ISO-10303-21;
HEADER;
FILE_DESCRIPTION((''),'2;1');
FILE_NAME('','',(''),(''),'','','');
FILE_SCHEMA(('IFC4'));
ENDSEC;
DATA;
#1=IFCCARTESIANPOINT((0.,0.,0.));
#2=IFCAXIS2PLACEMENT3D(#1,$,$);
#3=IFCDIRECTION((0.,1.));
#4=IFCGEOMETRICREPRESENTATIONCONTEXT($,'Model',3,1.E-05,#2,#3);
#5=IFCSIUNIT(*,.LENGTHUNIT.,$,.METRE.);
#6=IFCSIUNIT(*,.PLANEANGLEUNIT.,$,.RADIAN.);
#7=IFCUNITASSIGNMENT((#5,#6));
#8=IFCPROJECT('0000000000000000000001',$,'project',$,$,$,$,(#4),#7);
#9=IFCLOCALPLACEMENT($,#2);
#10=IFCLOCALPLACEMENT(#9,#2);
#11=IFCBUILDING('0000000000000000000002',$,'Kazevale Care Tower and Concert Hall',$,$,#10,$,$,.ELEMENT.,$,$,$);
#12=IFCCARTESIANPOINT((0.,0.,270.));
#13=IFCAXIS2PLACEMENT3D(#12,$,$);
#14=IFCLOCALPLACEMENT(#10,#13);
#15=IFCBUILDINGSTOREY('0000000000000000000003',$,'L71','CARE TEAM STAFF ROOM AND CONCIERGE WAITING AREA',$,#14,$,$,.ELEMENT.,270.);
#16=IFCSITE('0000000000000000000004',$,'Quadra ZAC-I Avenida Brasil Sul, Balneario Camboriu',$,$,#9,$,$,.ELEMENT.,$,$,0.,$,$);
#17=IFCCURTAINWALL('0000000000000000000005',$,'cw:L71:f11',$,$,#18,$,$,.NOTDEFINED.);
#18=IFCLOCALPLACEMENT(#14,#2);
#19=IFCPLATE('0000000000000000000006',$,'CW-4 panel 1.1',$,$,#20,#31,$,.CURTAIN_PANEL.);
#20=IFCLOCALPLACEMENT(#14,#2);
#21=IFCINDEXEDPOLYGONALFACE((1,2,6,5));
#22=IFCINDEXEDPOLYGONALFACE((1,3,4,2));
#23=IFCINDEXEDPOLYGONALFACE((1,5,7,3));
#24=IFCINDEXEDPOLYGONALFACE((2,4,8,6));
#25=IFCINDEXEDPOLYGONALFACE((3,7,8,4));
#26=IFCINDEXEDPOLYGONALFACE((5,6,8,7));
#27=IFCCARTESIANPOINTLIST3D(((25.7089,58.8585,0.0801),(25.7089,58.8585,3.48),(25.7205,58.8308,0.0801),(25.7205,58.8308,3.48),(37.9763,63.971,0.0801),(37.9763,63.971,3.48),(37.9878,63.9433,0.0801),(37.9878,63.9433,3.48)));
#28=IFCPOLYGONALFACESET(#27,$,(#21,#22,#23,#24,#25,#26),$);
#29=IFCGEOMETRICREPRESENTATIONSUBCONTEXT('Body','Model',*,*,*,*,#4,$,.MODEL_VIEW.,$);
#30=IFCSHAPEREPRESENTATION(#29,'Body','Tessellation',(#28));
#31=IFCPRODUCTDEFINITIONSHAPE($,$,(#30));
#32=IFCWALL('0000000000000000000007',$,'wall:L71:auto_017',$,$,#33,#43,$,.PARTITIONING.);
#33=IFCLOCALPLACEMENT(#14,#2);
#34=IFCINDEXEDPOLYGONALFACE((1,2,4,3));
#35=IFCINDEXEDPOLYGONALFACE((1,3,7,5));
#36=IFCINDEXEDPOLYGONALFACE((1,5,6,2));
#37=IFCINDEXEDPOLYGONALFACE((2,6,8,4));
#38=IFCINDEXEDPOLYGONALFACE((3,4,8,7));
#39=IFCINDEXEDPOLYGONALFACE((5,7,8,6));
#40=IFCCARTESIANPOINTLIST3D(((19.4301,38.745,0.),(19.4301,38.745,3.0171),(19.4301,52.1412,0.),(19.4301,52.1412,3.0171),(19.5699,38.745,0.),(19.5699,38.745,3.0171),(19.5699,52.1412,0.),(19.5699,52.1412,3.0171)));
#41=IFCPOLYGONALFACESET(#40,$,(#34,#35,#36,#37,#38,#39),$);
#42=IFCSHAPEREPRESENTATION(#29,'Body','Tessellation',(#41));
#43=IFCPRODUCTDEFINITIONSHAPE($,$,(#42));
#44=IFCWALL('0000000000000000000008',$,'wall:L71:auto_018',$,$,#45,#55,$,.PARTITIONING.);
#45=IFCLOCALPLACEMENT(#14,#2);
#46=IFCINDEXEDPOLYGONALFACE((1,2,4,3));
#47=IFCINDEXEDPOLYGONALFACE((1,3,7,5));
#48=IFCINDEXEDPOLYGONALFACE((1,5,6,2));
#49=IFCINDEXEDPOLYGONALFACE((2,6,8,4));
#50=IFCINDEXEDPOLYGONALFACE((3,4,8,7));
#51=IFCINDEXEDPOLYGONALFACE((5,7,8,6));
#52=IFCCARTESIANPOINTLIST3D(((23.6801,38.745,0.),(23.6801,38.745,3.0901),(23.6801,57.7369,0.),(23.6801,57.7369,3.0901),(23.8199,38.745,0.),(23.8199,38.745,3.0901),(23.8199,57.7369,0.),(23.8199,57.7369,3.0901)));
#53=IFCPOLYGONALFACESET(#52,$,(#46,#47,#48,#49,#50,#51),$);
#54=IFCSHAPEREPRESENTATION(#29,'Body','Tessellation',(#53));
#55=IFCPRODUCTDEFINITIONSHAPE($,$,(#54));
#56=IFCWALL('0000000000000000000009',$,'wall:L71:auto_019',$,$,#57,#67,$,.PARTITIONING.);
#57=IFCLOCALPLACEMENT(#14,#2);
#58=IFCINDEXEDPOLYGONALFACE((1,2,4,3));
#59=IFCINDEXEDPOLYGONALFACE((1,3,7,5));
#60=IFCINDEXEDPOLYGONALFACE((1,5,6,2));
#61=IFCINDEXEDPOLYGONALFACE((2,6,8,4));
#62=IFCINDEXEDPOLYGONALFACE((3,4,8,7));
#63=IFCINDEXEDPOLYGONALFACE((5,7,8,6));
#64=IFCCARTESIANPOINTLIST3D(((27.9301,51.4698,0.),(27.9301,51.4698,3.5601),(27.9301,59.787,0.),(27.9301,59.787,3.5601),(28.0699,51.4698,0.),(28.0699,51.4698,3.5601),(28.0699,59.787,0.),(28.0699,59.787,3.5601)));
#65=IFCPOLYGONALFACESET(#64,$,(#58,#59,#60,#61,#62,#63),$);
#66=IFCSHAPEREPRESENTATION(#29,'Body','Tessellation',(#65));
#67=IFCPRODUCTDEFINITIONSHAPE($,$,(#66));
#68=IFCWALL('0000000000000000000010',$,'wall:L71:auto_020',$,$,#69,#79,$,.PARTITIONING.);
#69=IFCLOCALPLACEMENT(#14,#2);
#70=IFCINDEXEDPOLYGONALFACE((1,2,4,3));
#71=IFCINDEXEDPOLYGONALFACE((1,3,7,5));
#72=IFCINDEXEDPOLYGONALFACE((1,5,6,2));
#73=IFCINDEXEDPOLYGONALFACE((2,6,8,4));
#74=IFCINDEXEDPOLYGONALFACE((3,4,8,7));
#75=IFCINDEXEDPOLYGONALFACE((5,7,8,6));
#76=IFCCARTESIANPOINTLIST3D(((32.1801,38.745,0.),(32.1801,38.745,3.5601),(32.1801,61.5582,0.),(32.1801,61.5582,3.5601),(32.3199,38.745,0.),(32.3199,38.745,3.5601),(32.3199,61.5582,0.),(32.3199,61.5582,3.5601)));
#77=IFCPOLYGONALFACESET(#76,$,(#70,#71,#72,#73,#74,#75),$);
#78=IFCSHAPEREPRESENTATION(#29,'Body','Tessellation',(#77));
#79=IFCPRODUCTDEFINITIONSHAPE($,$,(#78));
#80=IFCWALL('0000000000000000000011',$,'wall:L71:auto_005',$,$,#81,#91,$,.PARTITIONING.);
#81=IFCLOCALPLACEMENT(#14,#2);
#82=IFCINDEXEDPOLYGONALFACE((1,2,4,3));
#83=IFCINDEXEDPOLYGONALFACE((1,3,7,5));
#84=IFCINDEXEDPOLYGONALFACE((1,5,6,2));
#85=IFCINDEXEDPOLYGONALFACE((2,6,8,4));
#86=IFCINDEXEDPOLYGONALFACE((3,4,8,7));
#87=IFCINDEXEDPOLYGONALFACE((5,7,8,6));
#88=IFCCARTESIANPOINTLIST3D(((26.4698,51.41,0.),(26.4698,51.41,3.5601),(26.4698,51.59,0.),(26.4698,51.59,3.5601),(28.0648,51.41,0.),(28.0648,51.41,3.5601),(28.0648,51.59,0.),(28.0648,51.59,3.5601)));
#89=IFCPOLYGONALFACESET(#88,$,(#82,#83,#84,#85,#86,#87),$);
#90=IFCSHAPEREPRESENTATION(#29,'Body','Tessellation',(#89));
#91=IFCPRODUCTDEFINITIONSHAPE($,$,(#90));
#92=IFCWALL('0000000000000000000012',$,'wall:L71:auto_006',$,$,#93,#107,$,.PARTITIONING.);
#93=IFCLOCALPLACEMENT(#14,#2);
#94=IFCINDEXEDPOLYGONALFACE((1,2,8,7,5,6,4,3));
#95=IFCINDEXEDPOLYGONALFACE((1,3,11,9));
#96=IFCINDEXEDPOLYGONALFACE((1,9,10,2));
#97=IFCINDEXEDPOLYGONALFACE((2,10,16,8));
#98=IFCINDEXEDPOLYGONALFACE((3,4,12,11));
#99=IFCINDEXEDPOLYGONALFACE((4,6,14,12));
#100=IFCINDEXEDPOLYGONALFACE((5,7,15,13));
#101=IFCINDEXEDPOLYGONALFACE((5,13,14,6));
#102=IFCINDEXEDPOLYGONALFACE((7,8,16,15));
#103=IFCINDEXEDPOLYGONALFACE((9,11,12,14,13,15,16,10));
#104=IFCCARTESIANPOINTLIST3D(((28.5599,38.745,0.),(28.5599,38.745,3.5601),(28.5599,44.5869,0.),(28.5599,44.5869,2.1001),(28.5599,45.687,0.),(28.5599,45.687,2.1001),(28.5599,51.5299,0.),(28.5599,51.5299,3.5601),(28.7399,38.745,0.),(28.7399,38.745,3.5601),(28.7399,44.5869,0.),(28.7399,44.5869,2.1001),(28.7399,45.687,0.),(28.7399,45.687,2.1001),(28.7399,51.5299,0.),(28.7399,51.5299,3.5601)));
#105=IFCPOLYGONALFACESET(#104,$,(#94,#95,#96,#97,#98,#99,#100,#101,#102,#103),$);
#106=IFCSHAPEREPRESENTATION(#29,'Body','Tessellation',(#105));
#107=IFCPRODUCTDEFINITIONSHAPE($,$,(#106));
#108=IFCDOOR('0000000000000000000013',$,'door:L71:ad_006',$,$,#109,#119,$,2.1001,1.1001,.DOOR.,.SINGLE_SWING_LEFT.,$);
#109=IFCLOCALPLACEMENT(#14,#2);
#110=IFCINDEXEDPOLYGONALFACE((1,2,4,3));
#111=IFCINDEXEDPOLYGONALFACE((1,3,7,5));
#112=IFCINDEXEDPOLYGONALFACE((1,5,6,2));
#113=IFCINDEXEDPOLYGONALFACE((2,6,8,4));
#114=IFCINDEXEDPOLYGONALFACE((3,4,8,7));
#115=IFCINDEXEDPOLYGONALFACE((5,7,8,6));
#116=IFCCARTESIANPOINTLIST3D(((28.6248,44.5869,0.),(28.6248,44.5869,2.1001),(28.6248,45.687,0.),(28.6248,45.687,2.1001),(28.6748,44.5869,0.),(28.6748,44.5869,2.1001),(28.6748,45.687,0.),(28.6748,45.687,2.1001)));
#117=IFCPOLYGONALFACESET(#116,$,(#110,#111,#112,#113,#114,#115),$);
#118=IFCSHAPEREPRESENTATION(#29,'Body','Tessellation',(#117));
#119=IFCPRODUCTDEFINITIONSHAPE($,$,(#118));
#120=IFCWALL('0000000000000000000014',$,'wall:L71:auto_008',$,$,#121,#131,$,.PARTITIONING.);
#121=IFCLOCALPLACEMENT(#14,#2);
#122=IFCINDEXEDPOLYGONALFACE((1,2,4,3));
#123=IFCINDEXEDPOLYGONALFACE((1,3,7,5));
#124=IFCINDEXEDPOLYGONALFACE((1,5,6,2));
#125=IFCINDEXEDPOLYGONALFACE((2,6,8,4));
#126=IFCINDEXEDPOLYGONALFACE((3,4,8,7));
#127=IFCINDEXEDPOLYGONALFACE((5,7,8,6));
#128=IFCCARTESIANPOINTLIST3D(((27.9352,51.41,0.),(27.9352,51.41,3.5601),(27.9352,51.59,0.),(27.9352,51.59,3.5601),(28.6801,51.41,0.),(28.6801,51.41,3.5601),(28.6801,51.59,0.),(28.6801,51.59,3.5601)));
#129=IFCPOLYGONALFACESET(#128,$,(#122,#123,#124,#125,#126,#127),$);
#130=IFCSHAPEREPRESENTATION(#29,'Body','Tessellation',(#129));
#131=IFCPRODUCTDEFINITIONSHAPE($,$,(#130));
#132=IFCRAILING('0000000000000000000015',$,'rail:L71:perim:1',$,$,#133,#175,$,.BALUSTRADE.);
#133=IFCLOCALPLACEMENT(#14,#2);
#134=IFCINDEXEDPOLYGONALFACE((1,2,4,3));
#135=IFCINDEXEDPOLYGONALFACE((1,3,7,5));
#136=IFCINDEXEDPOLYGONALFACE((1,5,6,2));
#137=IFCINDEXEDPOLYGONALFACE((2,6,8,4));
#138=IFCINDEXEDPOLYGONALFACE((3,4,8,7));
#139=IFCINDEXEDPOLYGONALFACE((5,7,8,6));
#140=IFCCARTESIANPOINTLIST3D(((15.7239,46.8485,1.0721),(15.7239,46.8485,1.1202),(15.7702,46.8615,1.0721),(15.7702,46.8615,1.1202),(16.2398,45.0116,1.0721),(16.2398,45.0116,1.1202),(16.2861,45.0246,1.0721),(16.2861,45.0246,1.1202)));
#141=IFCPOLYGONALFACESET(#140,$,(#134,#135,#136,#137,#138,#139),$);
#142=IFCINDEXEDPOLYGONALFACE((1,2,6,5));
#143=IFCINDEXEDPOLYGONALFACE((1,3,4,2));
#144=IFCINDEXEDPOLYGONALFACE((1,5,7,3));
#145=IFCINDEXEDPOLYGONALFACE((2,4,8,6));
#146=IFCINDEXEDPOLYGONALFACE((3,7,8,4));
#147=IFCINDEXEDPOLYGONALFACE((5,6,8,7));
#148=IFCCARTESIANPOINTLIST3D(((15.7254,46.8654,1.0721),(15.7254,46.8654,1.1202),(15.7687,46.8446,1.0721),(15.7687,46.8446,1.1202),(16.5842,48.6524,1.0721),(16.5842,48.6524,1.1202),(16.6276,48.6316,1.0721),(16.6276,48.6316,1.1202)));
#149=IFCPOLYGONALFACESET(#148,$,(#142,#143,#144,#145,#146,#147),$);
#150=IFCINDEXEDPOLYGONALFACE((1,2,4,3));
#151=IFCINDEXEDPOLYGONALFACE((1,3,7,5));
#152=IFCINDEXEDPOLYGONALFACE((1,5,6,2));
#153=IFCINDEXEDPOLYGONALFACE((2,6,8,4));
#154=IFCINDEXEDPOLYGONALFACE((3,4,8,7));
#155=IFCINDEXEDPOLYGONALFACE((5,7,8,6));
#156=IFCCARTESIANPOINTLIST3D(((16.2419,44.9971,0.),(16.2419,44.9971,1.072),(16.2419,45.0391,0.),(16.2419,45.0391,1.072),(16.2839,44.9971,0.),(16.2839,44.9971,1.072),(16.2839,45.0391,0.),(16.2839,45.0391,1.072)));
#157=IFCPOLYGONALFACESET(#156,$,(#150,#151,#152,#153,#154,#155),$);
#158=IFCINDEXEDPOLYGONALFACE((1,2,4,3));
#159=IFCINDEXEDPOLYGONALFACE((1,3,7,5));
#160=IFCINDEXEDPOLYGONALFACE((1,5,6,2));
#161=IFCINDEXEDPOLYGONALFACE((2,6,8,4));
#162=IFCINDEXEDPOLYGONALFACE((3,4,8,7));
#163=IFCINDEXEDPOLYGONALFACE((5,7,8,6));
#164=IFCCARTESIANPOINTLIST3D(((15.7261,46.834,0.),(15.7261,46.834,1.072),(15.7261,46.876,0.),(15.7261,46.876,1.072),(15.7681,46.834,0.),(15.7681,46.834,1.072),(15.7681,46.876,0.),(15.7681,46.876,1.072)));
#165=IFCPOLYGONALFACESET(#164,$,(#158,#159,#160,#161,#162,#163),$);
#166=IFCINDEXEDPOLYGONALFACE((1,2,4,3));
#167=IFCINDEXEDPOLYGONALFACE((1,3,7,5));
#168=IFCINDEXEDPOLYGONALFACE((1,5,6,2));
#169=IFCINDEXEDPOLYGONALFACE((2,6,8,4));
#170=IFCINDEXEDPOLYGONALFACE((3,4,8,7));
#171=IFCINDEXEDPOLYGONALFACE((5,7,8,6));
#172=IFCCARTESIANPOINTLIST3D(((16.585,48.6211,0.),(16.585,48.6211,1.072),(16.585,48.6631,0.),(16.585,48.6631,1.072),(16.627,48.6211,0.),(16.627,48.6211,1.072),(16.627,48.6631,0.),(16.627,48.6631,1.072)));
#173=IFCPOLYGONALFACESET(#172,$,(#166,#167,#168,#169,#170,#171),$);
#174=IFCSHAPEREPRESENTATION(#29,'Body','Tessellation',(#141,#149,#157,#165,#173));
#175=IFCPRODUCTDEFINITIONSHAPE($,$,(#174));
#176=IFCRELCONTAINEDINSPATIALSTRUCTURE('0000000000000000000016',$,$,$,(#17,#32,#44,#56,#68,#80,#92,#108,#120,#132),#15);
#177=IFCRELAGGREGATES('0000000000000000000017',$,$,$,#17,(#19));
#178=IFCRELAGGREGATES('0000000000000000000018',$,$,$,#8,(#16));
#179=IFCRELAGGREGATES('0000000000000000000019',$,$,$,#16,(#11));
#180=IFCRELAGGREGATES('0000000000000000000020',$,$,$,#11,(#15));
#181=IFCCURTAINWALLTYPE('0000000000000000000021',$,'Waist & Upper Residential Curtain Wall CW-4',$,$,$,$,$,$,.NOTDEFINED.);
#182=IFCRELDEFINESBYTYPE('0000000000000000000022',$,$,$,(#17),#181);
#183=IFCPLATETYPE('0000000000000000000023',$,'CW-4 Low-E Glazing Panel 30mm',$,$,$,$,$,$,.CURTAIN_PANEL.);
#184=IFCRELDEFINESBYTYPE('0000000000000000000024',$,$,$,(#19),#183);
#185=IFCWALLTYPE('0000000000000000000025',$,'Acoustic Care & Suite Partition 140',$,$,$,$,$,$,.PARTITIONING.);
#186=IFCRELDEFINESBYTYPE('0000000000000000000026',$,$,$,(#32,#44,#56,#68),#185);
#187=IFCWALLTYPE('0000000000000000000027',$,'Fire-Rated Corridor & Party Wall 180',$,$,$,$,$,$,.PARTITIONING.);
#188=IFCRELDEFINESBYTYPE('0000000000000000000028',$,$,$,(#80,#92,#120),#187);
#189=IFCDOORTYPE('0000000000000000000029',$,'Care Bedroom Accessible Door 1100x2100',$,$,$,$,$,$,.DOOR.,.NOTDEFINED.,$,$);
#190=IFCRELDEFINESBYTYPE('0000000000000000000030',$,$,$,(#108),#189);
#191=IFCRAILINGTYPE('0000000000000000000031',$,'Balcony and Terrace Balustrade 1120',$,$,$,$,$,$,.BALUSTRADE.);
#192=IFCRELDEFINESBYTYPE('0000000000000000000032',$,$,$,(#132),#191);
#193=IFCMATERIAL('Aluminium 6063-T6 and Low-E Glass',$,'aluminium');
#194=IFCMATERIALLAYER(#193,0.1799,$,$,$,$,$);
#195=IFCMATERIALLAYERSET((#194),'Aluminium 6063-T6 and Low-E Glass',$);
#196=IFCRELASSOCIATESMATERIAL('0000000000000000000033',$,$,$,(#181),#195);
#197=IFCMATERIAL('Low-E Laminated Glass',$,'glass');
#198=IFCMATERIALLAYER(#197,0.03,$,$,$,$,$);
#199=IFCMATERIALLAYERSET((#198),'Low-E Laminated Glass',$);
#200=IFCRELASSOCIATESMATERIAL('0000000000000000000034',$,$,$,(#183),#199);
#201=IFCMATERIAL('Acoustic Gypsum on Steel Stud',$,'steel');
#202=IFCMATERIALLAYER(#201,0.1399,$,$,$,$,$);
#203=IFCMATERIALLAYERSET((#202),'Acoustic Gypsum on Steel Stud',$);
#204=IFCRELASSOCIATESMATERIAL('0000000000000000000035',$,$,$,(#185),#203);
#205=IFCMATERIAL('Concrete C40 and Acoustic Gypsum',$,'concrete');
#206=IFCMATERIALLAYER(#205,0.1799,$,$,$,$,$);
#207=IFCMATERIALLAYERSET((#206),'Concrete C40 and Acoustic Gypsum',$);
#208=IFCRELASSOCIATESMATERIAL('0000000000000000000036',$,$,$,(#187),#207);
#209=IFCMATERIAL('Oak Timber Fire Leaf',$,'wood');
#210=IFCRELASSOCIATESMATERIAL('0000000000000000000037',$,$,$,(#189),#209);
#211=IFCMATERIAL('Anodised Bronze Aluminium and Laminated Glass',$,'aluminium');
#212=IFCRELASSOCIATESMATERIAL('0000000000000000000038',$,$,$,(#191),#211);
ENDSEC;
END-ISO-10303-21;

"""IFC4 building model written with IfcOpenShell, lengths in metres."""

from ifc_helpers import new_model, si_unit, direction, frame, frame_2d, origin, origin_2d, place, context, subcontext, project, spatial, rectangle, extrude, material, layer, layer_set, type_object, element, fill, aggregate, save


model = new_model("IFC4")

# Units and contexts
model_context = context("Model", 3, precision=1e-05, world=origin(), true_north=direction((0.0, 1.0)))
body_context = subcontext(model_context, "Body", "Model", "MODEL_VIEW")
ifc_project = project(units=[si_unit("LENGTHUNIT", "METRE"), si_unit("PLANEANGLEUNIT", "RADIAN")], contexts=[model_context])

# Site, building, storey
site_placement = place(None, origin())
site = spatial("IfcSite", under=ifc_project, at=site_placement, Name="Quadra ZAC-I Avenida Brasil Sul, Balneario Camboriu", CompositionType="ELEMENT", RefElevation=0.0)
building_placement = place(site_placement, origin())
building = spatial("IfcBuilding", under=site, at=building_placement, Name="Kazevale Care Tower and Concert Hall", CompositionType="ELEMENT")
storey_placement = place(building_placement, frame((0.0, 0.0, 270.0)))
storey = spatial("IfcBuildingStorey", under=building, at=storey_placement, Name="L71", Description="CARE TEAM STAFF ROOM AND CONCIERGE WAITING AREA", CompositionType="ELEMENT", Elevation=270.0)

# Shared definitions
ifc_material_1 = material(Name="Aluminium 6063-T6 and Low-E Glass", Category="aluminium")
ifc_layer_1 = layer(ifc_material_1, 0.1799)
ifc_layer_set_1 = layer_set([ifc_layer_1], Name="Aluminium 6063-T6 and Low-E Glass")
curtain_wall_type = type_object("IfcCurtainWallType", Name="Waist & Upper Residential Curtain Wall CW-4", PredefinedType="NOTDEFINED", material=ifc_layer_set_1)

# Curtain wall
curtain_wall_1_placement = place(storey_placement, origin())
curtain_wall_1 = element("IfcCurtainWall", 1, at=curtain_wall_1_placement, inside=storey, type_object=curtain_wall_type, Name="cw:L71:f11", PredefinedType="NOTDEFINED")

# Plate
ifc_material_2 = material(Name="Low-E Laminated Glass", Category="glass")
ifc_layer_2 = layer(ifc_material_2, 0.03)
ifc_layer_set_2 = layer_set([ifc_layer_2], Name="Low-E Laminated Glass")
plate_type = type_object("IfcPlateType", Name="CW-4 Low-E Glazing Panel 30mm", PredefinedType="CURTAIN_PANEL", material=ifc_layer_set_2)
plate_1_placement = place(storey_placement, frame((31.8484, 61.4009, 0.0801), z_axis=(0.0, 0.0, 1.0), x_axis=(0.923048, 0.384684, 0.0)))
plate_1 = element("IfcPlate", 2, at=plate_1_placement, type_object=plate_type, Name="CW-4 panel 1.1", PredefinedType="CURTAIN_PANEL", context=body_context, shape_type="SweptSolid", body=[
    extrude(rectangle(XDim=13.29, YDim=0.03, at=origin_2d()), origin(), (0.0, 0.0, 1.0), 3.3999),
])
aggregate(curtain_wall_1, [plate_1])

# Walls
ifc_material_3 = material(Name="Acoustic Gypsum on Steel Stud", Category="steel")
ifc_layer_3 = layer(ifc_material_3, 0.1399)
ifc_layer_set_3 = layer_set([ifc_layer_3], Name="Acoustic Gypsum on Steel Stud")
wall_type_1 = type_object("IfcWallType", Name="Acoustic Care & Suite Partition 140", PredefinedType="PARTITIONING", material=ifc_layer_set_3)
wall_1_placement = place(storey_placement, frame((19.5, 52.1414, 0.0), z_axis=(0.0, 0.0, 1.0), x_axis=(0.0, -1.0, 0.0)))
element("IfcWall", 3, at=wall_1_placement, inside=storey, type_object=wall_type_1, Name="wall:L71:auto_017", PredefinedType="PARTITIONING", context=body_context, shape_type="SweptSolid", body=[
    extrude(rectangle(XDim=13.3962, YDim=0.1399, at=frame_2d((6.6982, 0.0))), origin(), (0.0, 0.0, 1.0), 3.0171),
])
wall_2_placement = place(storey_placement, frame((23.75, 57.7371, 0.0), z_axis=(0.0, 0.0, 1.0), x_axis=(0.0, -1.0, 0.0)))
element("IfcWall", 4, at=wall_2_placement, inside=storey, type_object=wall_type_1, Name="wall:L71:auto_018", PredefinedType="PARTITIONING", context=body_context, shape_type="SweptSolid", body=[
    extrude(rectangle(XDim=18.9919, YDim=0.1399, at=frame_2d((9.4961, 0.0))), origin(), (0.0, 0.0, 1.0), 3.0901),
])
wall_3_placement = place(storey_placement, frame((28.0, 59.7871, 0.0), z_axis=(0.0, 0.0, 1.0), x_axis=(0.0, -1.0, 0.0)))
element("IfcWall", 5, at=wall_3_placement, inside=storey, type_object=wall_type_1, Name="wall:L71:auto_019", PredefinedType="PARTITIONING", context=body_context, shape_type="SweptSolid", body=[
    extrude(rectangle(XDim=8.3171, YDim=0.1399, at=frame_2d((4.1587, 0.0))), origin(), (0.0, 0.0, 1.0), 3.5601),
])
wall_4_placement = place(storey_placement, frame((32.25, 61.5583, 0.0), z_axis=(0.0, 0.0, 1.0), x_axis=(0.0, -1.0, 0.0)))
element("IfcWall", 6, at=wall_4_placement, inside=storey, type_object=wall_type_1, Name="wall:L71:auto_020", PredefinedType="PARTITIONING", context=body_context, shape_type="SweptSolid", body=[
    extrude(rectangle(XDim=22.8132, YDim=0.1399, at=frame_2d((11.4067, 0.0))), origin(), (0.0, 0.0, 1.0), 3.5601),
])
ifc_material_4 = material(Name="Concrete C40 and Acoustic Gypsum", Category="concrete")
ifc_layer_4 = layer(ifc_material_4, 0.1799)
ifc_layer_set_4 = layer_set([ifc_layer_4], Name="Concrete C40 and Acoustic Gypsum")
wall_type_2 = type_object("IfcWallType", Name="Fire-Rated Corridor & Party Wall 180", PredefinedType="PARTITIONING", material=ifc_layer_set_4)
wall_5_placement = place(storey_placement, frame((26.47, 51.5, 0.0), z_axis=(0.0, 0.0, 1.0), x_axis=(1.0, 0.0, 0.0)))
element("IfcWall", 7, at=wall_5_placement, inside=storey, type_object=wall_type_2, Name="wall:L71:auto_005", PredefinedType="PARTITIONING", context=body_context, shape_type="SweptSolid", body=[
    extrude(rectangle(XDim=1.595, YDim=0.1799, at=frame_2d((0.7974, 0.0))), origin(), (0.0, 0.0, 1.0), 3.5601),
])

# Wall, opening, door
wall_6_placement = place(storey_placement, frame((28.6499, 51.53, 0.0), z_axis=(0.0, 0.0, 1.0), x_axis=(0.0, -1.0, 0.0)))
wall_6 = element("IfcWall", 8, at=wall_6_placement, inside=storey, type_object=wall_type_2, Name="wall:L71:auto_006", PredefinedType="PARTITIONING", context=body_context, shape_type="SweptSolid", body=[
    extrude(rectangle(XDim=12.7849, YDim=0.1799, at=frame_2d((6.3926, 0.0))), origin(), (0.0, 0.0, 1.0), 3.5601),
])
opening_placement = place(wall_6_placement, frame((5.843, 0.0, 0.0)))
opening = element("IfcOpeningElement", 9, at=opening_placement, cuts=wall_6, PredefinedType="OPENING", context=body_context, shape_type="SweptSolid", body=[
    extrude(rectangle(XDim=1.1001, YDim=2.1001, at=frame_2d((0.55, 1.05))), frame((0.0, 0.0999, 0.0), z_axis=(0.0, -1.0, 0.0), x_axis=(1.0, 0.0, 0.0)), (0.0, 0.0, 1.0), 0.2),
])
ifc_material_5 = material(Name="Oak Timber Fire Leaf", Category="wood")
door_type = type_object("IfcDoorType", Name="Care Bedroom Accessible Door 1100x2100", OperationType="NOTDEFINED", PredefinedType="DOOR", material=ifc_material_5)
door_placement = place(opening_placement, origin())
door = element("IfcDoor", 10, at=door_placement, inside=storey, type_object=door_type, Name="door:L71:ad_006", OperationType="SINGLE_SWING_LEFT", OverallHeight=2.1001, OverallWidth=1.1001, PredefinedType="DOOR", context=body_context, shape_type="SweptSolid", body=[
    extrude(rectangle(XDim=1.1001, YDim=2.1001, at=frame_2d((0.55, 1.05))), frame((0.0, 0.0249, 0.0), z_axis=(0.0, -1.0, 0.0), x_axis=(1.0, 0.0, 0.0)), (0.0, 0.0, 1.0), 0.05),
])
fill(opening, door)

# Wall
wall_7_placement = place(storey_placement, frame((27.9351, 51.5, 0.0), z_axis=(0.0, 0.0, 1.0), x_axis=(1.0, 0.0, 0.0)))
element("IfcWall", 11, at=wall_7_placement, inside=storey, type_object=wall_type_2, Name="wall:L71:auto_008", PredefinedType="PARTITIONING", context=body_context, shape_type="SweptSolid", body=[
    extrude(rectangle(XDim=0.7449, YDim=0.1799, at=frame_2d((0.3726, 0.0))), origin(), (0.0, 0.0, 1.0), 3.5601),
])

# Railing
ifc_material_6 = material(Name="Anodised Bronze Aluminium and Laminated Glass", Category="aluminium")
railing_type = type_object("IfcRailingType", Name="Balcony and Terrace Balustrade 1120", PredefinedType="BALUSTRADE", material=ifc_material_6)
railing_1_placement = place(storey_placement, frame((16.2629, 45.0181, 0.0)))
element("IfcRailing", 12, at=railing_1_placement, inside=storey, type_object=railing_type, Name="rail:L71:perim:1", PredefinedType="BALUSTRADE", context=body_context, shape_type="SweptSolid", body=[
    extrude(rectangle(XDim=0.0481, YDim=0.0481, at=origin_2d()), frame((0.0, 0.0, 1.0962), z_axis=(-0.270375, 0.962755, 0.0), x_axis=(-0.962755, -0.270375, 0.0)), (0.0, 0.0, 1.0), 1.908),
    extrude(rectangle(XDim=0.0481, YDim=0.0481, at=origin_2d()), frame((-0.5159, 1.8369, 1.0962), z_axis=(0.433171, 0.901312, 0.0), x_axis=(-0.901312, 0.433171, 0.0)), (0.0, 0.0, 1.0), 1.9827),
    extrude(rectangle(XDim=0.042, YDim=0.042, at=origin_2d()), origin(), (0.0, 0.0, 1.0), 1.072),
    extrude(rectangle(XDim=0.042, YDim=0.042, at=origin_2d()), frame((-0.5159, 1.8369, 0.0)), (0.0, 0.0, 1.0), 1.072),
    extrude(rectangle(XDim=0.042, YDim=0.042, at=origin_2d()), frame((0.343, 3.624, 0.0)), (0.0, 0.0, 1.0), 1.072),
])

save(model, "model.ifc")
